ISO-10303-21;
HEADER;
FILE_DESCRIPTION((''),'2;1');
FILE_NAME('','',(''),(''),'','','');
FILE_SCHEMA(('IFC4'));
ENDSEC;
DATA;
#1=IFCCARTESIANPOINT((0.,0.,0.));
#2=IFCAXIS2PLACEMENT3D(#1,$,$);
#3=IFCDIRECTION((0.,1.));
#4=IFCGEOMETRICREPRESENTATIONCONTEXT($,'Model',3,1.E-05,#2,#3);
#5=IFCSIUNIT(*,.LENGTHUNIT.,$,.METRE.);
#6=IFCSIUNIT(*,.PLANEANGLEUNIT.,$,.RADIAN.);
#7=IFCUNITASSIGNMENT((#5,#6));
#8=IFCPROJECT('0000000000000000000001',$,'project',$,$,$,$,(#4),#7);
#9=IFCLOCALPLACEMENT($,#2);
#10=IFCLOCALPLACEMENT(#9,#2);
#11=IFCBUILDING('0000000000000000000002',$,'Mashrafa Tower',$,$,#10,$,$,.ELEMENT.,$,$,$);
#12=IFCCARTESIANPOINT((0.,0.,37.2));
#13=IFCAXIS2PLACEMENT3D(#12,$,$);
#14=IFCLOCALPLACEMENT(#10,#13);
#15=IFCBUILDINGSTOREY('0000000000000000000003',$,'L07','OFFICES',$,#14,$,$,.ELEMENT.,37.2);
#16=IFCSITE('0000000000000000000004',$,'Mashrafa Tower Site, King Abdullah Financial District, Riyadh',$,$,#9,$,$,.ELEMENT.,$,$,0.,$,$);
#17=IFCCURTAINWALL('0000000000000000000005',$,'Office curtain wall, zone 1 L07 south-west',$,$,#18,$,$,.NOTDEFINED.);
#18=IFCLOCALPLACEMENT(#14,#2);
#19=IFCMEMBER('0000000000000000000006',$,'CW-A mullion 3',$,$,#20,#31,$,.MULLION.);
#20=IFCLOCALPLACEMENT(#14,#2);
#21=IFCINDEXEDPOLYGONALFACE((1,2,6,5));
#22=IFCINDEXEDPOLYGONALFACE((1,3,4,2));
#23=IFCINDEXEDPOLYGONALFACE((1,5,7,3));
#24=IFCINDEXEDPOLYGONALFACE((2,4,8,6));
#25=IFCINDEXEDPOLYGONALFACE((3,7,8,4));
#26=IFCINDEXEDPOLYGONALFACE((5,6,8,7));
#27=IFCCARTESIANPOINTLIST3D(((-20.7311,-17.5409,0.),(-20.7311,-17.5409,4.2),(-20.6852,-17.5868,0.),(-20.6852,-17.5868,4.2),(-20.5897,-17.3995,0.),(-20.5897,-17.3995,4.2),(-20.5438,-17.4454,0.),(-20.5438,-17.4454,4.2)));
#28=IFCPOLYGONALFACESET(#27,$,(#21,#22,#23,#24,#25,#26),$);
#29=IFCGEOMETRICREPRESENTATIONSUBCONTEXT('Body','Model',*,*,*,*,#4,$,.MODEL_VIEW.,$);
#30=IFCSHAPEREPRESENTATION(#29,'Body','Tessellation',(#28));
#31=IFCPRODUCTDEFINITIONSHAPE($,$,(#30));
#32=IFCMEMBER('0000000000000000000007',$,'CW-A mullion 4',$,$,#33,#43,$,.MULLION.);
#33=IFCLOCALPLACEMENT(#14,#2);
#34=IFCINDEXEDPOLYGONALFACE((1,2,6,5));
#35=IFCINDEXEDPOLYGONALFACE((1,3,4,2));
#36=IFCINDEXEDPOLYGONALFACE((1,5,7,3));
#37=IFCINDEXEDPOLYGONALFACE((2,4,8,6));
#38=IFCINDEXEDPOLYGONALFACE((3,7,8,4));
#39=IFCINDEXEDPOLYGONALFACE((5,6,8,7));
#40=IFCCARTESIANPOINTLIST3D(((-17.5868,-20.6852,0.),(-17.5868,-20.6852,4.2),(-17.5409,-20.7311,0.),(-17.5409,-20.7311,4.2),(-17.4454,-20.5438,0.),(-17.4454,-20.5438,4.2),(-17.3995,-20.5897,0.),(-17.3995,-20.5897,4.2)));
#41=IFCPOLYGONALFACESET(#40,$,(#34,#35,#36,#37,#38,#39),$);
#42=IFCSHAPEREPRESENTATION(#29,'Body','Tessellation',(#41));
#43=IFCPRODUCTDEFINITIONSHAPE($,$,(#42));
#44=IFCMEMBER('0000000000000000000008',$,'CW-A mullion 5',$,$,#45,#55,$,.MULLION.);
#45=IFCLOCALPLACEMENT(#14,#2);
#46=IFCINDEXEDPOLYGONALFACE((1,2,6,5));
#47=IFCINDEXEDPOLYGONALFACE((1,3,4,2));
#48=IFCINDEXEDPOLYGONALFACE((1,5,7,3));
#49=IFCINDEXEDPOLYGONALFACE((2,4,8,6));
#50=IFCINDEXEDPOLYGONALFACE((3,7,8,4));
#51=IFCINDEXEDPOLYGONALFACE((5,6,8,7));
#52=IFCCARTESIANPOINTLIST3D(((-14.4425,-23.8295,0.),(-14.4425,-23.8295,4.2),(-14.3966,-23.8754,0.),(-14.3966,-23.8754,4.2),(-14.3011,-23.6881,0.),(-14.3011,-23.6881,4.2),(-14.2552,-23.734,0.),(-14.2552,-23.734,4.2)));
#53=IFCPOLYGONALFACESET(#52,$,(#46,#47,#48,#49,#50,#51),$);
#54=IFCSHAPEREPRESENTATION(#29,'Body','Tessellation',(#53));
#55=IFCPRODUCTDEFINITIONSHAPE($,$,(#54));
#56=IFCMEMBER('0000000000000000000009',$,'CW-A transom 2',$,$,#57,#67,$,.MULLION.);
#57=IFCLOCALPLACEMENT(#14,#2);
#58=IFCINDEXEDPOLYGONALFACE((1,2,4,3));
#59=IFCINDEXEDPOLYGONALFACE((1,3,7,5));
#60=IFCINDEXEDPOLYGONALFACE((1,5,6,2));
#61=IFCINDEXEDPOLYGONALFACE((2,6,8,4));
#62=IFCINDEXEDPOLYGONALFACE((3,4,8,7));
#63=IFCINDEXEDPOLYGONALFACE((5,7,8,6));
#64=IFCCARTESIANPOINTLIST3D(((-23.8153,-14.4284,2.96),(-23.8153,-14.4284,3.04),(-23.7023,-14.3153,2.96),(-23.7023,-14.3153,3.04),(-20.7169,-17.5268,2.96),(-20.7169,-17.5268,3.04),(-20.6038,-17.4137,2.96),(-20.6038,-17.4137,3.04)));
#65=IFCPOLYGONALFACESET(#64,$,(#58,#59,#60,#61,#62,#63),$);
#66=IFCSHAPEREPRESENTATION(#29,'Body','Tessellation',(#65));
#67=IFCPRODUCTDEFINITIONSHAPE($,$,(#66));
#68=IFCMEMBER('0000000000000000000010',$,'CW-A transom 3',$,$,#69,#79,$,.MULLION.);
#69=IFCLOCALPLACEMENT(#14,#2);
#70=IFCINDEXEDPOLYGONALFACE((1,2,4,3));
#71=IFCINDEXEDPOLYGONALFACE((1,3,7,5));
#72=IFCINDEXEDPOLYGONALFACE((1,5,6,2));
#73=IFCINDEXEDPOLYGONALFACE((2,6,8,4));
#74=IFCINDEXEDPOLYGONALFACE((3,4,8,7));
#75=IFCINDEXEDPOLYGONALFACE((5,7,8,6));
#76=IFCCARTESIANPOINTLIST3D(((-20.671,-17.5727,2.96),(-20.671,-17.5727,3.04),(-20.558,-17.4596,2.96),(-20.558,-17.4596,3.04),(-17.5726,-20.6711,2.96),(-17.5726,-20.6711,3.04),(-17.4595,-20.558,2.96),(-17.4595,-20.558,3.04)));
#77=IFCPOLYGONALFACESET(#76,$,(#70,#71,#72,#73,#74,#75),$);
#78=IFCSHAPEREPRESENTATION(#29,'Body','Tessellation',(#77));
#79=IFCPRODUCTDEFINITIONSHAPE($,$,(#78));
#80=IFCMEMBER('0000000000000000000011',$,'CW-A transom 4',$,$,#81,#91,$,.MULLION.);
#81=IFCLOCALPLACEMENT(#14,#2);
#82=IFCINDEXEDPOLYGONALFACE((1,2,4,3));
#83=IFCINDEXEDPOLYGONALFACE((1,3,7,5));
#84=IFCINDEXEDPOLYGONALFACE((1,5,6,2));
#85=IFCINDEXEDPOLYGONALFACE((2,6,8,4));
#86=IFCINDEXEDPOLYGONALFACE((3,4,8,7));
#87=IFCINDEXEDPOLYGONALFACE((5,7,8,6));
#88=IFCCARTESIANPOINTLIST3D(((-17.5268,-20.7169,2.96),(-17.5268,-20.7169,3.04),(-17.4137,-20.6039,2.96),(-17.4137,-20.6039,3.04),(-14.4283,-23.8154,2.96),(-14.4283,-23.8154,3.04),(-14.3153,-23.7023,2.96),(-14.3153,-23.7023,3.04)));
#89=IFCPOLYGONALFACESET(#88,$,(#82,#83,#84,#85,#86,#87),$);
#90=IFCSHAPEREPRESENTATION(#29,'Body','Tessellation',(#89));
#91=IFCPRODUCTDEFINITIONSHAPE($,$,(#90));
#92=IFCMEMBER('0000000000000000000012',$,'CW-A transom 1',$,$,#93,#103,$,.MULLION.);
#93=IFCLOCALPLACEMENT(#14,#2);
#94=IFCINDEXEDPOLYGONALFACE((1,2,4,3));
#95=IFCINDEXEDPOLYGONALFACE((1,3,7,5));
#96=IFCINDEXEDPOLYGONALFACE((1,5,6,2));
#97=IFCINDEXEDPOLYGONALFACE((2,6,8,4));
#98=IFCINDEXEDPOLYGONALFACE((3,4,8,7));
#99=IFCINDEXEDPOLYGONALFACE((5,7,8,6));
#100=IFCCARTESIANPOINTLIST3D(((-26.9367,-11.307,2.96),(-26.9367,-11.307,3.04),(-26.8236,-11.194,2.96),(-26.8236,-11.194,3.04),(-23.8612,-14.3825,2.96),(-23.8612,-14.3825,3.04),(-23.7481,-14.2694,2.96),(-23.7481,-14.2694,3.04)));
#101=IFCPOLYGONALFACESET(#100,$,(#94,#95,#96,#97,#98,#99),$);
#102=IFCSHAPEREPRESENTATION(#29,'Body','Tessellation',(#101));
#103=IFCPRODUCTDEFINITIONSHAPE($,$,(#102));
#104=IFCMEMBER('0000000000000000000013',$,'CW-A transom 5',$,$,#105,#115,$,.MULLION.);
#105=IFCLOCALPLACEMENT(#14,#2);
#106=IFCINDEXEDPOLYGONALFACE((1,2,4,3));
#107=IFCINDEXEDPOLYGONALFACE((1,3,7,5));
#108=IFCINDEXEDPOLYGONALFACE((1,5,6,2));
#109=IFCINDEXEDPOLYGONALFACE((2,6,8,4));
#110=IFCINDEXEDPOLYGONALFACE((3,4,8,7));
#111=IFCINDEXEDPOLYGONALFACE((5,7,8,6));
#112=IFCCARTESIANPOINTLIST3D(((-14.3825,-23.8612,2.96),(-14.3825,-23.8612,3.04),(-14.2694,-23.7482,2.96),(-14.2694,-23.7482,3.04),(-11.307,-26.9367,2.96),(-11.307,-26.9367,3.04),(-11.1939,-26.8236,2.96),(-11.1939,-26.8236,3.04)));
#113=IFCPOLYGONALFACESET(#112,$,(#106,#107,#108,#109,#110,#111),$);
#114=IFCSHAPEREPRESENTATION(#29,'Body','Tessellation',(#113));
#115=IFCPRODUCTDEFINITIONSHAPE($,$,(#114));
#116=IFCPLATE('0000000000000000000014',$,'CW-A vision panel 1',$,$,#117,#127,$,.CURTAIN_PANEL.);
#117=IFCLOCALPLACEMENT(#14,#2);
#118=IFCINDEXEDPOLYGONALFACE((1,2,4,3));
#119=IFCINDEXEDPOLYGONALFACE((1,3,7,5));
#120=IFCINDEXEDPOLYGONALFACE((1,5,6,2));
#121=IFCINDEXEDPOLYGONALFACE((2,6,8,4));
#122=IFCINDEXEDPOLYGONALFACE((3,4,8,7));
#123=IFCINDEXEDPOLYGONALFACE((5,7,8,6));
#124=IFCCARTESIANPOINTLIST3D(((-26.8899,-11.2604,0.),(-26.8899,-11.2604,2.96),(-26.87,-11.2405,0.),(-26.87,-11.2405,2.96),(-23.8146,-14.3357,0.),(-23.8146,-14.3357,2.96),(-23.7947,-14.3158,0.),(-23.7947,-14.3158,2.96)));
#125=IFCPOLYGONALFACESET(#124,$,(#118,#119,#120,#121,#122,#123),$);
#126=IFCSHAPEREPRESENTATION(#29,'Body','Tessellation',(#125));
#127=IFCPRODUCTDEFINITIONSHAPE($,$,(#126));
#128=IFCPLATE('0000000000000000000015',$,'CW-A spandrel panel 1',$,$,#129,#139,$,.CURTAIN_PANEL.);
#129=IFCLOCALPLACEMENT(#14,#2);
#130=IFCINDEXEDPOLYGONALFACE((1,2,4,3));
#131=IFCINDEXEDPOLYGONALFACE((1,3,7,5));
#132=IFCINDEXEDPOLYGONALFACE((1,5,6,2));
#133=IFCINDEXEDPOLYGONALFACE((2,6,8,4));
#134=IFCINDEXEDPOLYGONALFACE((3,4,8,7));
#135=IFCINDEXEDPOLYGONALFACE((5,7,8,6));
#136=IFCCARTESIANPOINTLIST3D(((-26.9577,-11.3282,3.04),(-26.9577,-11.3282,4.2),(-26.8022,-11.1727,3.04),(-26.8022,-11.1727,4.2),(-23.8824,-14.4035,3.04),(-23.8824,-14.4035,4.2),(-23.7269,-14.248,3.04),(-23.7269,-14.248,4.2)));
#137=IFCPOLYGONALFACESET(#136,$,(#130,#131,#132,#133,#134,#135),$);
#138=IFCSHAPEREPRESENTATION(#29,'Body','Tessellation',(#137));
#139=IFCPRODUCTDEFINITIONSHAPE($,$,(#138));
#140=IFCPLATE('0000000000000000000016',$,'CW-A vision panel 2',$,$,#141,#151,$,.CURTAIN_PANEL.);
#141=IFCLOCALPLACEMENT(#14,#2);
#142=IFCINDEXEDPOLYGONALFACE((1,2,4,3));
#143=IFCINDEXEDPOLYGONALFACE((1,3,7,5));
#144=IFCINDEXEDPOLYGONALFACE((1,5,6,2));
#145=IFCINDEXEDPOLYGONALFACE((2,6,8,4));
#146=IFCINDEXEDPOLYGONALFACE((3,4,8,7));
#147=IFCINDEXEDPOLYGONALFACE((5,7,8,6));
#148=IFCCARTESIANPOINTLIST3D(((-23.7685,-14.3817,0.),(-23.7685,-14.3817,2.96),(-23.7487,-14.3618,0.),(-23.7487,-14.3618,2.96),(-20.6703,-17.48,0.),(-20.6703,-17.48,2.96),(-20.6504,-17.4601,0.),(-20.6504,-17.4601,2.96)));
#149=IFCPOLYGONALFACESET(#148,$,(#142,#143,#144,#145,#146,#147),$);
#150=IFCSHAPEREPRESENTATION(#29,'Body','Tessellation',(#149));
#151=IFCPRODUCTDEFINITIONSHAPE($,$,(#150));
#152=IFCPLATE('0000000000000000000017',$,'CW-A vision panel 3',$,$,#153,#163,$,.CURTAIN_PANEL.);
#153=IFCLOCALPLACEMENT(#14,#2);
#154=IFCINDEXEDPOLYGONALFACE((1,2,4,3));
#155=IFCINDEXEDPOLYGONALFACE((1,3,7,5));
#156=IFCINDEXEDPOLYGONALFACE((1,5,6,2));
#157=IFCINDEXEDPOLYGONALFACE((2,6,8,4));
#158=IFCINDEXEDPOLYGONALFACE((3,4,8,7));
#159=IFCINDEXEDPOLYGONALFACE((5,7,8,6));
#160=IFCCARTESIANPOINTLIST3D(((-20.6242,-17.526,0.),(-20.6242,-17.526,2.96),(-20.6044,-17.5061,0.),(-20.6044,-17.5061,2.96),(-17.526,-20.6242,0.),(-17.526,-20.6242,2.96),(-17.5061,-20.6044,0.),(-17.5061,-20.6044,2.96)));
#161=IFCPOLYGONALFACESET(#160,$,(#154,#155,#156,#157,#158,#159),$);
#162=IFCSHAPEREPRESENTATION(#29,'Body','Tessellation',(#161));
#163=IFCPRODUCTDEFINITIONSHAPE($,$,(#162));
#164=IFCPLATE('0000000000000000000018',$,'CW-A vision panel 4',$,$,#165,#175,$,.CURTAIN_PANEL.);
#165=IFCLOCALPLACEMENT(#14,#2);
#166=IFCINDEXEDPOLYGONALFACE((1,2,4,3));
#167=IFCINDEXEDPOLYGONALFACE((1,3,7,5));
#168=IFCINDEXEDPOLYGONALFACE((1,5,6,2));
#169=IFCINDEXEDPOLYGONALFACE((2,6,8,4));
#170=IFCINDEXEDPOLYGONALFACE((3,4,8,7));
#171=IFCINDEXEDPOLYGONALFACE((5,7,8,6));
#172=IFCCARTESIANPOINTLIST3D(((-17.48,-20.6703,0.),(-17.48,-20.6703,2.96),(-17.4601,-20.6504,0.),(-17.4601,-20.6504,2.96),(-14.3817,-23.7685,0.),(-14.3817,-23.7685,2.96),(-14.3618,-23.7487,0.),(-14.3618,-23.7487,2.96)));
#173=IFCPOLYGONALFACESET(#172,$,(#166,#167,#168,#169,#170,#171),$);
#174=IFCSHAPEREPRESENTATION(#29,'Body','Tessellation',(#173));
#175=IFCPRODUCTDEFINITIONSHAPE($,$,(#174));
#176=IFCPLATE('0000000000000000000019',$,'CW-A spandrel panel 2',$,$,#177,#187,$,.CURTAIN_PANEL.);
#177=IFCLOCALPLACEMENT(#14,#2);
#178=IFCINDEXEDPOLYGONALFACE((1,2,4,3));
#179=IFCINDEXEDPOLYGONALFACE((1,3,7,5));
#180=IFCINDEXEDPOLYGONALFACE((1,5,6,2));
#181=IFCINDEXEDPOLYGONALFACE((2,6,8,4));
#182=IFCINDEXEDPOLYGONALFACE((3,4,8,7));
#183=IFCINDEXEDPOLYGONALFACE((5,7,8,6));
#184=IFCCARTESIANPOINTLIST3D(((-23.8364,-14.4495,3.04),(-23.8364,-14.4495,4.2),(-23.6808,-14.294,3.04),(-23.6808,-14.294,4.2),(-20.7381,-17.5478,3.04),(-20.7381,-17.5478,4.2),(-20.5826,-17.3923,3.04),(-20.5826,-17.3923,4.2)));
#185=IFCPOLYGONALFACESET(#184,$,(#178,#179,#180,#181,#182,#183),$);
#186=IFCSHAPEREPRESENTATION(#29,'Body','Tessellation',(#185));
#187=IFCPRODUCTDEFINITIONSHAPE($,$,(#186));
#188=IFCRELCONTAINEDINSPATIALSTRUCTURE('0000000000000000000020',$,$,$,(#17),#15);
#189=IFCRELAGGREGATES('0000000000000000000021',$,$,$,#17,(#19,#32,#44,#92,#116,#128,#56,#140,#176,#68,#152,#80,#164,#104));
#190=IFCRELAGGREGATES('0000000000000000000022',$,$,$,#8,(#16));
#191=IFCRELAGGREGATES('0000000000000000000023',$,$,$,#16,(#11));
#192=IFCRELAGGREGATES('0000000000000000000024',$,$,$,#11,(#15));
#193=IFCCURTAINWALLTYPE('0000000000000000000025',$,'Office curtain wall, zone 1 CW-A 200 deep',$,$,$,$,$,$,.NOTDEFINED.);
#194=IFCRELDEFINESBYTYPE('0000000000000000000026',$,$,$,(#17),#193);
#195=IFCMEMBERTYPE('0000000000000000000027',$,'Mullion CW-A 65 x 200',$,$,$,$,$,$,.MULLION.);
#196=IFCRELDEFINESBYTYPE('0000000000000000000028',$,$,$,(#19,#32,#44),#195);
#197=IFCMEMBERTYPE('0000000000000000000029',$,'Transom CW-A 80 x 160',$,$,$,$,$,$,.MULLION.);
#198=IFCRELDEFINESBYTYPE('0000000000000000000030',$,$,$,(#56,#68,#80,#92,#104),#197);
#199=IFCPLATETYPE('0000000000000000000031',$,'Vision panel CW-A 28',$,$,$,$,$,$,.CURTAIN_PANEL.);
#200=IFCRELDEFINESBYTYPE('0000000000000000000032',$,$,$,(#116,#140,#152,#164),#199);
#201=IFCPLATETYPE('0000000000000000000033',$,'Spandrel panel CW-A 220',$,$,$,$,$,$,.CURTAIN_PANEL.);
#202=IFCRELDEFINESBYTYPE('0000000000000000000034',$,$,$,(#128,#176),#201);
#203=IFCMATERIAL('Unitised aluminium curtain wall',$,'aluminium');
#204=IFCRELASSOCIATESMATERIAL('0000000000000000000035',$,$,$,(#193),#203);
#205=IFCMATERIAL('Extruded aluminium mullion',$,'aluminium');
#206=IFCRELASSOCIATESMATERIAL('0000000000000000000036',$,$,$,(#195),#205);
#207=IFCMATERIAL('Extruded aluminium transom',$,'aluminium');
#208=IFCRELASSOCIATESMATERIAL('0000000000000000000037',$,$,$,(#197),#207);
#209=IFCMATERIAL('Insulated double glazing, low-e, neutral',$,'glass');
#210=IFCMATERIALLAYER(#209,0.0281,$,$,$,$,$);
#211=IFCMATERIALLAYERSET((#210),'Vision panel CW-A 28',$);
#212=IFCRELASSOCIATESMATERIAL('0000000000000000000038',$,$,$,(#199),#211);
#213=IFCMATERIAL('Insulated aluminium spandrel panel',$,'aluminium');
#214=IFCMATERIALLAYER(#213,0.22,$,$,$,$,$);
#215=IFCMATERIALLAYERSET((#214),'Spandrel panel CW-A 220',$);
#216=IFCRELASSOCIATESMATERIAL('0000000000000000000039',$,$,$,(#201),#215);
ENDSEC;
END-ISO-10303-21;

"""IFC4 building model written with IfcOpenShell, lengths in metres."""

from ifc_helpers import new_model, si_unit, direction, frame, origin, origin_2d, place, context, subcontext, project, spatial, rectangle, extrude, source, transform, mapped, material, layer, layer_set, material_profile, profile_set, type_object, type_shapes, element, aggregate, save


model = new_model("IFC4")

# Units and contexts
model_context = context("Model", 3, precision=1e-05, world=origin(), true_north=direction((0.0, 1.0)))
body_context = subcontext(model_context, "Body", "Model", "MODEL_VIEW")
ifc_project = project(units=[si_unit("LENGTHUNIT", "METRE"), si_unit("PLANEANGLEUNIT", "RADIAN")], contexts=[model_context])

# Site, building, storey
site_placement = place(None, origin())
site = spatial("IfcSite", under=ifc_project, at=site_placement, Name="Mashrafa Tower Site, King Abdullah Financial District, Riyadh", CompositionType="ELEMENT", RefElevation=0.0)
building_placement = place(site_placement, origin())
building = spatial("IfcBuilding", under=site, at=building_placement, Name="Mashrafa Tower", CompositionType="ELEMENT")
storey_placement = place(building_placement, frame((0.0, 0.0, 37.2)))
storey = spatial("IfcBuildingStorey", under=building, at=storey_placement, Name="L07", Description="OFFICES", CompositionType="ELEMENT", Elevation=37.2)

# Curtain wall, members, plates
ifc_material_1 = material(Name="Unitised aluminium curtain wall", Category="aluminium")
curtain_wall_type = type_object("IfcCurtainWallType", Name="Office curtain wall, zone 1 CW-A 200 deep", PredefinedType="NOTDEFINED", material=ifc_material_1)
curtain_wall_placement = place(storey_placement, origin())
curtain_wall = element("IfcCurtainWall", 1, at=curtain_wall_placement, inside=storey, type_object=curtain_wall_type, Name="Office curtain wall, zone 1 L07 south-west", PredefinedType="NOTDEFINED")
ifc_material_2 = material(Name="Extruded aluminium mullion", Category="aluminium")
ifc_material_profile_1 = material_profile(ifc_material_2, rectangle(XDim=0.2, YDim=0.0649, at=origin_2d()), Name="Mullion 65x200")
ifc_profile_set_1 = profile_set([ifc_material_profile_1], Name="Extruded aluminium mullion")
member_type_1 = type_object("IfcMemberType", Name="Mullion CW-A 65 x 200", PredefinedType="MULLION", material=ifc_profile_set_1)
shared_shape_1 = source(origin(), body_context, "Body", "SweptSolid", [
    extrude(rectangle(XDim=0.2, YDim=0.0649, at=origin_2d()), origin(), (0.0, 0.0, 1.0), 4.2),
])
type_shapes(member_type_1, [shared_shape_1])
member_1_placement = place(storey_placement, frame((-20.6375, -17.4932, 0.0), z_axis=(0.0, 0.0, 1.0), x_axis=(0.707107, 0.707107, 0.0)))
member_1 = element("IfcMember", 2, at=member_1_placement, type_object=member_type_1, Name="CW-A mullion 3", PredefinedType="MULLION", context=body_context, shape_type="MappedRepresentation", body=[
    mapped(shared_shape_1, transform((0.0, 0.0, 0.0))),
])
member_2_placement = place(storey_placement, frame((-17.4932, -20.6375, 0.0), z_axis=(0.0, 0.0, 1.0), x_axis=(0.707107, 0.707107, 0.0)))
member_2 = element("IfcMember", 3, at=member_2_placement, type_object=member_type_1, Name="CW-A mullion 4", PredefinedType="MULLION", context=body_context, shape_type="MappedRepresentation", body=[
    mapped(shared_shape_1, transform((0.0, 0.0, 0.0))),
])
member_3_placement = place(storey_placement, frame((-14.3489, -23.7817, 0.0), z_axis=(0.0, 0.0, 1.0), x_axis=(0.707107, 0.707107, 0.0)))
member_3 = element("IfcMember", 4, at=member_3_placement, type_object=member_type_1, Name="CW-A mullion 5", PredefinedType="MULLION", context=body_context, shape_type="MappedRepresentation", body=[
    mapped(shared_shape_1, transform((0.0, 0.0, 0.0))),
])
ifc_material_3 = material(Name="Extruded aluminium transom", Category="aluminium")
ifc_material_profile_2 = material_profile(ifc_material_3, rectangle(XDim=0.1599, YDim=0.0801, at=origin_2d()), Name="Transom 80x160")
ifc_profile_set_2 = profile_set([ifc_material_profile_2], Name="Extruded aluminium transom")
member_type_2 = type_object("IfcMemberType", Name="Transom CW-A 80 x 160", PredefinedType="MULLION", material=ifc_profile_set_2)
shared_shape_2 = source(origin(), body_context, "Body", "SweptSolid", [
    extrude(rectangle(XDim=0.1599, YDim=0.0801, at=origin_2d()), origin(), (0.0, 0.0, 1.0), 4.3818),
])
member_4_placement = place(storey_placement, frame((-23.7588, -14.3718, 3.0), z_axis=(0.707107, -0.707107, 0.0), x_axis=(0.707107, 0.707107, 0.0)))
member_4 = element("IfcMember", 5, at=member_4_placement, type_object=member_type_2, Name="CW-A transom 2", PredefinedType="MULLION", context=body_context, shape_type="MappedRepresentation", body=[
    mapped(shared_shape_2, transform((0.0, 0.0, 0.0))),
])
member_5_placement = place(storey_placement, frame((-20.6145, -17.5161, 3.0), z_axis=(0.707107, -0.707107, 0.0), x_axis=(0.707107, 0.707107, 0.0)))
member_5 = element("IfcMember", 6, at=member_5_placement, type_object=member_type_2, Name="CW-A transom 3", PredefinedType="MULLION", context=body_context, shape_type="MappedRepresentation", body=[
    mapped(shared_shape_2, transform((0.0, 0.0, 0.0))),
])
member_6_placement = place(storey_placement, frame((-17.4702, -20.6604, 3.0), z_axis=(0.707107, -0.707107, 0.0), x_axis=(0.707107, 0.707107, 0.0)))
member_6 = element("IfcMember", 7, at=member_6_placement, type_object=member_type_2, Name="CW-A transom 4", PredefinedType="MULLION", context=body_context, shape_type="MappedRepresentation", body=[
    mapped(shared_shape_2, transform((0.0, 0.0, 0.0))),
])
shared_shape_3 = source(origin(), body_context, "Body", "SweptSolid", [
    extrude(rectangle(XDim=0.1599, YDim=0.0801, at=origin_2d()), origin(), (0.0, 0.0, 1.0), 4.3494),
])
type_shapes(member_type_2, [shared_shape_2, shared_shape_3])
member_7_placement = place(storey_placement, frame((-26.8801, -11.2505, 3.0), z_axis=(0.707107, -0.707107, 0.0), x_axis=(0.707107, 0.707107, 0.0)))
member_7 = element("IfcMember", 8, at=member_7_placement, type_object=member_type_2, Name="CW-A transom 1", PredefinedType="MULLION", context=body_context, shape_type="MappedRepresentation", body=[
    mapped(shared_shape_3, transform((0.0, 0.0, 0.0))),
])
member_8_placement = place(storey_placement, frame((-14.3259, -23.8047, 3.0), z_axis=(0.707107, -0.707107, 0.0), x_axis=(0.707107, 0.707107, 0.0)))
member_8 = element("IfcMember", 9, at=member_8_placement, type_object=member_type_2, Name="CW-A transom 5", PredefinedType="MULLION", context=body_context, shape_type="MappedRepresentation", body=[
    mapped(shared_shape_3, transform((0.0, 0.0, 0.0))),
])
ifc_material_4 = material(Name="Insulated double glazing, low-e, neutral", Category="glass")
ifc_layer_1 = layer(ifc_material_4, 0.0281)
ifc_layer_set_1 = layer_set([ifc_layer_1], Name="Vision panel CW-A 28")
plate_type_1 = type_object("IfcPlateType", Name="Vision panel CW-A 28", PredefinedType="CURTAIN_PANEL", material=ifc_layer_set_1)
shared_shape_4 = source(origin(), body_context, "Body", "SweptSolid", [
    extrude(rectangle(XDim=4.3491, YDim=0.0281, at=origin_2d()), origin(), (0.0, 0.0, 1.0), 2.96),
])
plate_1_placement = place(storey_placement, frame((-25.3423, -12.7881, 0.0), z_axis=(0.0, 0.0, 1.0), x_axis=(0.707107, -0.707107, 0.0)))
plate_1 = element("IfcPlate", 10, at=plate_1_placement, type_object=plate_type_1, Name="CW-A vision panel 1", PredefinedType="CURTAIN_PANEL", context=body_context, shape_type="MappedRepresentation", body=[
    mapped(shared_shape_4, transform((0.0, 0.0, 0.0))),
])
ifc_material_5 = material(Name="Insulated aluminium spandrel panel", Category="aluminium")
ifc_layer_2 = layer(ifc_material_5, 0.22)
ifc_layer_set_2 = layer_set([ifc_layer_2], Name="Spandrel panel CW-A 220")
plate_type_2 = type_object("IfcPlateType", Name="Spandrel panel CW-A 220", PredefinedType="CURTAIN_PANEL", material=ifc_layer_set_2)
shared_shape_5 = source(origin(), body_context, "Body", "SweptSolid", [
    extrude(rectangle(XDim=4.3491, YDim=0.22, at=origin_2d()), origin(), (0.0, 0.0, 1.0), 1.1599),
])
plate_2_placement = place(storey_placement, frame((-25.3423, -12.7881, 3.04), z_axis=(0.0, 0.0, 1.0), x_axis=(0.707107, -0.707107, 0.0)))
plate_2 = element("IfcPlate", 11, at=plate_2_placement, type_object=plate_type_2, Name="CW-A spandrel panel 1", PredefinedType="CURTAIN_PANEL", context=body_context, shape_type="MappedRepresentation", body=[
    mapped(shared_shape_5, transform((0.0, 0.0, 0.0))),
])
shared_shape_6 = source(origin(), body_context, "Body", "SweptSolid", [
    extrude(rectangle(XDim=4.3816, YDim=0.0281, at=origin_2d()), origin(), (0.0, 0.0, 1.0), 2.96),
])
type_shapes(plate_type_1, [shared_shape_4, shared_shape_6])
plate_3_placement = place(storey_placement, frame((-22.2095, -15.9209, 0.0), z_axis=(0.0, 0.0, 1.0), x_axis=(0.707107, -0.707107, 0.0)))
plate_3 = element("IfcPlate", 12, at=plate_3_placement, type_object=plate_type_1, Name="CW-A vision panel 2", PredefinedType="CURTAIN_PANEL", context=body_context, shape_type="MappedRepresentation", body=[
    mapped(shared_shape_6, transform((0.0, 0.0, 0.0))),
])
plate_4_placement = place(storey_placement, frame((-19.0652, -19.0652, 0.0), z_axis=(0.0, 0.0, 1.0), x_axis=(0.707107, -0.707107, 0.0)))
plate_4 = element("IfcPlate", 13, at=plate_4_placement, type_object=plate_type_1, Name="CW-A vision panel 3", PredefinedType="CURTAIN_PANEL", context=body_context, shape_type="MappedRepresentation", body=[
    mapped(shared_shape_6, transform((0.0, 0.0, 0.0))),
])
plate_5_placement = place(storey_placement, frame((-15.9209, -22.2095, 0.0), z_axis=(0.0, 0.0, 1.0), x_axis=(0.707107, -0.707107, 0.0)))
plate_5 = element("IfcPlate", 14, at=plate_5_placement, type_object=plate_type_1, Name="CW-A vision panel 4", PredefinedType="CURTAIN_PANEL", context=body_context, shape_type="MappedRepresentation", body=[
    mapped(shared_shape_6, transform((0.0, 0.0, 0.0))),
])
shared_shape_7 = source(origin(), body_context, "Body", "SweptSolid", [
    extrude(rectangle(XDim=4.3816, YDim=0.22, at=origin_2d()), origin(), (0.0, 0.0, 1.0), 1.1599),
])
type_shapes(plate_type_2, [shared_shape_5, shared_shape_7])
plate_6_placement = place(storey_placement, frame((-22.2095, -15.9209, 3.04), z_axis=(0.0, 0.0, 1.0), x_axis=(0.707107, -0.707107, 0.0)))
plate_6 = element("IfcPlate", 15, at=plate_6_placement, type_object=plate_type_2, Name="CW-A spandrel panel 2", PredefinedType="CURTAIN_PANEL", context=body_context, shape_type="MappedRepresentation", body=[
    mapped(shared_shape_7, transform((0.0, 0.0, 0.0))),
])
aggregate(curtain_wall, [member_1, member_2, member_3, member_7, plate_1, plate_2, member_4, plate_3, plate_6, member_5, plate_4, member_6, plate_5, member_8])

save(model, "model.ifc")
